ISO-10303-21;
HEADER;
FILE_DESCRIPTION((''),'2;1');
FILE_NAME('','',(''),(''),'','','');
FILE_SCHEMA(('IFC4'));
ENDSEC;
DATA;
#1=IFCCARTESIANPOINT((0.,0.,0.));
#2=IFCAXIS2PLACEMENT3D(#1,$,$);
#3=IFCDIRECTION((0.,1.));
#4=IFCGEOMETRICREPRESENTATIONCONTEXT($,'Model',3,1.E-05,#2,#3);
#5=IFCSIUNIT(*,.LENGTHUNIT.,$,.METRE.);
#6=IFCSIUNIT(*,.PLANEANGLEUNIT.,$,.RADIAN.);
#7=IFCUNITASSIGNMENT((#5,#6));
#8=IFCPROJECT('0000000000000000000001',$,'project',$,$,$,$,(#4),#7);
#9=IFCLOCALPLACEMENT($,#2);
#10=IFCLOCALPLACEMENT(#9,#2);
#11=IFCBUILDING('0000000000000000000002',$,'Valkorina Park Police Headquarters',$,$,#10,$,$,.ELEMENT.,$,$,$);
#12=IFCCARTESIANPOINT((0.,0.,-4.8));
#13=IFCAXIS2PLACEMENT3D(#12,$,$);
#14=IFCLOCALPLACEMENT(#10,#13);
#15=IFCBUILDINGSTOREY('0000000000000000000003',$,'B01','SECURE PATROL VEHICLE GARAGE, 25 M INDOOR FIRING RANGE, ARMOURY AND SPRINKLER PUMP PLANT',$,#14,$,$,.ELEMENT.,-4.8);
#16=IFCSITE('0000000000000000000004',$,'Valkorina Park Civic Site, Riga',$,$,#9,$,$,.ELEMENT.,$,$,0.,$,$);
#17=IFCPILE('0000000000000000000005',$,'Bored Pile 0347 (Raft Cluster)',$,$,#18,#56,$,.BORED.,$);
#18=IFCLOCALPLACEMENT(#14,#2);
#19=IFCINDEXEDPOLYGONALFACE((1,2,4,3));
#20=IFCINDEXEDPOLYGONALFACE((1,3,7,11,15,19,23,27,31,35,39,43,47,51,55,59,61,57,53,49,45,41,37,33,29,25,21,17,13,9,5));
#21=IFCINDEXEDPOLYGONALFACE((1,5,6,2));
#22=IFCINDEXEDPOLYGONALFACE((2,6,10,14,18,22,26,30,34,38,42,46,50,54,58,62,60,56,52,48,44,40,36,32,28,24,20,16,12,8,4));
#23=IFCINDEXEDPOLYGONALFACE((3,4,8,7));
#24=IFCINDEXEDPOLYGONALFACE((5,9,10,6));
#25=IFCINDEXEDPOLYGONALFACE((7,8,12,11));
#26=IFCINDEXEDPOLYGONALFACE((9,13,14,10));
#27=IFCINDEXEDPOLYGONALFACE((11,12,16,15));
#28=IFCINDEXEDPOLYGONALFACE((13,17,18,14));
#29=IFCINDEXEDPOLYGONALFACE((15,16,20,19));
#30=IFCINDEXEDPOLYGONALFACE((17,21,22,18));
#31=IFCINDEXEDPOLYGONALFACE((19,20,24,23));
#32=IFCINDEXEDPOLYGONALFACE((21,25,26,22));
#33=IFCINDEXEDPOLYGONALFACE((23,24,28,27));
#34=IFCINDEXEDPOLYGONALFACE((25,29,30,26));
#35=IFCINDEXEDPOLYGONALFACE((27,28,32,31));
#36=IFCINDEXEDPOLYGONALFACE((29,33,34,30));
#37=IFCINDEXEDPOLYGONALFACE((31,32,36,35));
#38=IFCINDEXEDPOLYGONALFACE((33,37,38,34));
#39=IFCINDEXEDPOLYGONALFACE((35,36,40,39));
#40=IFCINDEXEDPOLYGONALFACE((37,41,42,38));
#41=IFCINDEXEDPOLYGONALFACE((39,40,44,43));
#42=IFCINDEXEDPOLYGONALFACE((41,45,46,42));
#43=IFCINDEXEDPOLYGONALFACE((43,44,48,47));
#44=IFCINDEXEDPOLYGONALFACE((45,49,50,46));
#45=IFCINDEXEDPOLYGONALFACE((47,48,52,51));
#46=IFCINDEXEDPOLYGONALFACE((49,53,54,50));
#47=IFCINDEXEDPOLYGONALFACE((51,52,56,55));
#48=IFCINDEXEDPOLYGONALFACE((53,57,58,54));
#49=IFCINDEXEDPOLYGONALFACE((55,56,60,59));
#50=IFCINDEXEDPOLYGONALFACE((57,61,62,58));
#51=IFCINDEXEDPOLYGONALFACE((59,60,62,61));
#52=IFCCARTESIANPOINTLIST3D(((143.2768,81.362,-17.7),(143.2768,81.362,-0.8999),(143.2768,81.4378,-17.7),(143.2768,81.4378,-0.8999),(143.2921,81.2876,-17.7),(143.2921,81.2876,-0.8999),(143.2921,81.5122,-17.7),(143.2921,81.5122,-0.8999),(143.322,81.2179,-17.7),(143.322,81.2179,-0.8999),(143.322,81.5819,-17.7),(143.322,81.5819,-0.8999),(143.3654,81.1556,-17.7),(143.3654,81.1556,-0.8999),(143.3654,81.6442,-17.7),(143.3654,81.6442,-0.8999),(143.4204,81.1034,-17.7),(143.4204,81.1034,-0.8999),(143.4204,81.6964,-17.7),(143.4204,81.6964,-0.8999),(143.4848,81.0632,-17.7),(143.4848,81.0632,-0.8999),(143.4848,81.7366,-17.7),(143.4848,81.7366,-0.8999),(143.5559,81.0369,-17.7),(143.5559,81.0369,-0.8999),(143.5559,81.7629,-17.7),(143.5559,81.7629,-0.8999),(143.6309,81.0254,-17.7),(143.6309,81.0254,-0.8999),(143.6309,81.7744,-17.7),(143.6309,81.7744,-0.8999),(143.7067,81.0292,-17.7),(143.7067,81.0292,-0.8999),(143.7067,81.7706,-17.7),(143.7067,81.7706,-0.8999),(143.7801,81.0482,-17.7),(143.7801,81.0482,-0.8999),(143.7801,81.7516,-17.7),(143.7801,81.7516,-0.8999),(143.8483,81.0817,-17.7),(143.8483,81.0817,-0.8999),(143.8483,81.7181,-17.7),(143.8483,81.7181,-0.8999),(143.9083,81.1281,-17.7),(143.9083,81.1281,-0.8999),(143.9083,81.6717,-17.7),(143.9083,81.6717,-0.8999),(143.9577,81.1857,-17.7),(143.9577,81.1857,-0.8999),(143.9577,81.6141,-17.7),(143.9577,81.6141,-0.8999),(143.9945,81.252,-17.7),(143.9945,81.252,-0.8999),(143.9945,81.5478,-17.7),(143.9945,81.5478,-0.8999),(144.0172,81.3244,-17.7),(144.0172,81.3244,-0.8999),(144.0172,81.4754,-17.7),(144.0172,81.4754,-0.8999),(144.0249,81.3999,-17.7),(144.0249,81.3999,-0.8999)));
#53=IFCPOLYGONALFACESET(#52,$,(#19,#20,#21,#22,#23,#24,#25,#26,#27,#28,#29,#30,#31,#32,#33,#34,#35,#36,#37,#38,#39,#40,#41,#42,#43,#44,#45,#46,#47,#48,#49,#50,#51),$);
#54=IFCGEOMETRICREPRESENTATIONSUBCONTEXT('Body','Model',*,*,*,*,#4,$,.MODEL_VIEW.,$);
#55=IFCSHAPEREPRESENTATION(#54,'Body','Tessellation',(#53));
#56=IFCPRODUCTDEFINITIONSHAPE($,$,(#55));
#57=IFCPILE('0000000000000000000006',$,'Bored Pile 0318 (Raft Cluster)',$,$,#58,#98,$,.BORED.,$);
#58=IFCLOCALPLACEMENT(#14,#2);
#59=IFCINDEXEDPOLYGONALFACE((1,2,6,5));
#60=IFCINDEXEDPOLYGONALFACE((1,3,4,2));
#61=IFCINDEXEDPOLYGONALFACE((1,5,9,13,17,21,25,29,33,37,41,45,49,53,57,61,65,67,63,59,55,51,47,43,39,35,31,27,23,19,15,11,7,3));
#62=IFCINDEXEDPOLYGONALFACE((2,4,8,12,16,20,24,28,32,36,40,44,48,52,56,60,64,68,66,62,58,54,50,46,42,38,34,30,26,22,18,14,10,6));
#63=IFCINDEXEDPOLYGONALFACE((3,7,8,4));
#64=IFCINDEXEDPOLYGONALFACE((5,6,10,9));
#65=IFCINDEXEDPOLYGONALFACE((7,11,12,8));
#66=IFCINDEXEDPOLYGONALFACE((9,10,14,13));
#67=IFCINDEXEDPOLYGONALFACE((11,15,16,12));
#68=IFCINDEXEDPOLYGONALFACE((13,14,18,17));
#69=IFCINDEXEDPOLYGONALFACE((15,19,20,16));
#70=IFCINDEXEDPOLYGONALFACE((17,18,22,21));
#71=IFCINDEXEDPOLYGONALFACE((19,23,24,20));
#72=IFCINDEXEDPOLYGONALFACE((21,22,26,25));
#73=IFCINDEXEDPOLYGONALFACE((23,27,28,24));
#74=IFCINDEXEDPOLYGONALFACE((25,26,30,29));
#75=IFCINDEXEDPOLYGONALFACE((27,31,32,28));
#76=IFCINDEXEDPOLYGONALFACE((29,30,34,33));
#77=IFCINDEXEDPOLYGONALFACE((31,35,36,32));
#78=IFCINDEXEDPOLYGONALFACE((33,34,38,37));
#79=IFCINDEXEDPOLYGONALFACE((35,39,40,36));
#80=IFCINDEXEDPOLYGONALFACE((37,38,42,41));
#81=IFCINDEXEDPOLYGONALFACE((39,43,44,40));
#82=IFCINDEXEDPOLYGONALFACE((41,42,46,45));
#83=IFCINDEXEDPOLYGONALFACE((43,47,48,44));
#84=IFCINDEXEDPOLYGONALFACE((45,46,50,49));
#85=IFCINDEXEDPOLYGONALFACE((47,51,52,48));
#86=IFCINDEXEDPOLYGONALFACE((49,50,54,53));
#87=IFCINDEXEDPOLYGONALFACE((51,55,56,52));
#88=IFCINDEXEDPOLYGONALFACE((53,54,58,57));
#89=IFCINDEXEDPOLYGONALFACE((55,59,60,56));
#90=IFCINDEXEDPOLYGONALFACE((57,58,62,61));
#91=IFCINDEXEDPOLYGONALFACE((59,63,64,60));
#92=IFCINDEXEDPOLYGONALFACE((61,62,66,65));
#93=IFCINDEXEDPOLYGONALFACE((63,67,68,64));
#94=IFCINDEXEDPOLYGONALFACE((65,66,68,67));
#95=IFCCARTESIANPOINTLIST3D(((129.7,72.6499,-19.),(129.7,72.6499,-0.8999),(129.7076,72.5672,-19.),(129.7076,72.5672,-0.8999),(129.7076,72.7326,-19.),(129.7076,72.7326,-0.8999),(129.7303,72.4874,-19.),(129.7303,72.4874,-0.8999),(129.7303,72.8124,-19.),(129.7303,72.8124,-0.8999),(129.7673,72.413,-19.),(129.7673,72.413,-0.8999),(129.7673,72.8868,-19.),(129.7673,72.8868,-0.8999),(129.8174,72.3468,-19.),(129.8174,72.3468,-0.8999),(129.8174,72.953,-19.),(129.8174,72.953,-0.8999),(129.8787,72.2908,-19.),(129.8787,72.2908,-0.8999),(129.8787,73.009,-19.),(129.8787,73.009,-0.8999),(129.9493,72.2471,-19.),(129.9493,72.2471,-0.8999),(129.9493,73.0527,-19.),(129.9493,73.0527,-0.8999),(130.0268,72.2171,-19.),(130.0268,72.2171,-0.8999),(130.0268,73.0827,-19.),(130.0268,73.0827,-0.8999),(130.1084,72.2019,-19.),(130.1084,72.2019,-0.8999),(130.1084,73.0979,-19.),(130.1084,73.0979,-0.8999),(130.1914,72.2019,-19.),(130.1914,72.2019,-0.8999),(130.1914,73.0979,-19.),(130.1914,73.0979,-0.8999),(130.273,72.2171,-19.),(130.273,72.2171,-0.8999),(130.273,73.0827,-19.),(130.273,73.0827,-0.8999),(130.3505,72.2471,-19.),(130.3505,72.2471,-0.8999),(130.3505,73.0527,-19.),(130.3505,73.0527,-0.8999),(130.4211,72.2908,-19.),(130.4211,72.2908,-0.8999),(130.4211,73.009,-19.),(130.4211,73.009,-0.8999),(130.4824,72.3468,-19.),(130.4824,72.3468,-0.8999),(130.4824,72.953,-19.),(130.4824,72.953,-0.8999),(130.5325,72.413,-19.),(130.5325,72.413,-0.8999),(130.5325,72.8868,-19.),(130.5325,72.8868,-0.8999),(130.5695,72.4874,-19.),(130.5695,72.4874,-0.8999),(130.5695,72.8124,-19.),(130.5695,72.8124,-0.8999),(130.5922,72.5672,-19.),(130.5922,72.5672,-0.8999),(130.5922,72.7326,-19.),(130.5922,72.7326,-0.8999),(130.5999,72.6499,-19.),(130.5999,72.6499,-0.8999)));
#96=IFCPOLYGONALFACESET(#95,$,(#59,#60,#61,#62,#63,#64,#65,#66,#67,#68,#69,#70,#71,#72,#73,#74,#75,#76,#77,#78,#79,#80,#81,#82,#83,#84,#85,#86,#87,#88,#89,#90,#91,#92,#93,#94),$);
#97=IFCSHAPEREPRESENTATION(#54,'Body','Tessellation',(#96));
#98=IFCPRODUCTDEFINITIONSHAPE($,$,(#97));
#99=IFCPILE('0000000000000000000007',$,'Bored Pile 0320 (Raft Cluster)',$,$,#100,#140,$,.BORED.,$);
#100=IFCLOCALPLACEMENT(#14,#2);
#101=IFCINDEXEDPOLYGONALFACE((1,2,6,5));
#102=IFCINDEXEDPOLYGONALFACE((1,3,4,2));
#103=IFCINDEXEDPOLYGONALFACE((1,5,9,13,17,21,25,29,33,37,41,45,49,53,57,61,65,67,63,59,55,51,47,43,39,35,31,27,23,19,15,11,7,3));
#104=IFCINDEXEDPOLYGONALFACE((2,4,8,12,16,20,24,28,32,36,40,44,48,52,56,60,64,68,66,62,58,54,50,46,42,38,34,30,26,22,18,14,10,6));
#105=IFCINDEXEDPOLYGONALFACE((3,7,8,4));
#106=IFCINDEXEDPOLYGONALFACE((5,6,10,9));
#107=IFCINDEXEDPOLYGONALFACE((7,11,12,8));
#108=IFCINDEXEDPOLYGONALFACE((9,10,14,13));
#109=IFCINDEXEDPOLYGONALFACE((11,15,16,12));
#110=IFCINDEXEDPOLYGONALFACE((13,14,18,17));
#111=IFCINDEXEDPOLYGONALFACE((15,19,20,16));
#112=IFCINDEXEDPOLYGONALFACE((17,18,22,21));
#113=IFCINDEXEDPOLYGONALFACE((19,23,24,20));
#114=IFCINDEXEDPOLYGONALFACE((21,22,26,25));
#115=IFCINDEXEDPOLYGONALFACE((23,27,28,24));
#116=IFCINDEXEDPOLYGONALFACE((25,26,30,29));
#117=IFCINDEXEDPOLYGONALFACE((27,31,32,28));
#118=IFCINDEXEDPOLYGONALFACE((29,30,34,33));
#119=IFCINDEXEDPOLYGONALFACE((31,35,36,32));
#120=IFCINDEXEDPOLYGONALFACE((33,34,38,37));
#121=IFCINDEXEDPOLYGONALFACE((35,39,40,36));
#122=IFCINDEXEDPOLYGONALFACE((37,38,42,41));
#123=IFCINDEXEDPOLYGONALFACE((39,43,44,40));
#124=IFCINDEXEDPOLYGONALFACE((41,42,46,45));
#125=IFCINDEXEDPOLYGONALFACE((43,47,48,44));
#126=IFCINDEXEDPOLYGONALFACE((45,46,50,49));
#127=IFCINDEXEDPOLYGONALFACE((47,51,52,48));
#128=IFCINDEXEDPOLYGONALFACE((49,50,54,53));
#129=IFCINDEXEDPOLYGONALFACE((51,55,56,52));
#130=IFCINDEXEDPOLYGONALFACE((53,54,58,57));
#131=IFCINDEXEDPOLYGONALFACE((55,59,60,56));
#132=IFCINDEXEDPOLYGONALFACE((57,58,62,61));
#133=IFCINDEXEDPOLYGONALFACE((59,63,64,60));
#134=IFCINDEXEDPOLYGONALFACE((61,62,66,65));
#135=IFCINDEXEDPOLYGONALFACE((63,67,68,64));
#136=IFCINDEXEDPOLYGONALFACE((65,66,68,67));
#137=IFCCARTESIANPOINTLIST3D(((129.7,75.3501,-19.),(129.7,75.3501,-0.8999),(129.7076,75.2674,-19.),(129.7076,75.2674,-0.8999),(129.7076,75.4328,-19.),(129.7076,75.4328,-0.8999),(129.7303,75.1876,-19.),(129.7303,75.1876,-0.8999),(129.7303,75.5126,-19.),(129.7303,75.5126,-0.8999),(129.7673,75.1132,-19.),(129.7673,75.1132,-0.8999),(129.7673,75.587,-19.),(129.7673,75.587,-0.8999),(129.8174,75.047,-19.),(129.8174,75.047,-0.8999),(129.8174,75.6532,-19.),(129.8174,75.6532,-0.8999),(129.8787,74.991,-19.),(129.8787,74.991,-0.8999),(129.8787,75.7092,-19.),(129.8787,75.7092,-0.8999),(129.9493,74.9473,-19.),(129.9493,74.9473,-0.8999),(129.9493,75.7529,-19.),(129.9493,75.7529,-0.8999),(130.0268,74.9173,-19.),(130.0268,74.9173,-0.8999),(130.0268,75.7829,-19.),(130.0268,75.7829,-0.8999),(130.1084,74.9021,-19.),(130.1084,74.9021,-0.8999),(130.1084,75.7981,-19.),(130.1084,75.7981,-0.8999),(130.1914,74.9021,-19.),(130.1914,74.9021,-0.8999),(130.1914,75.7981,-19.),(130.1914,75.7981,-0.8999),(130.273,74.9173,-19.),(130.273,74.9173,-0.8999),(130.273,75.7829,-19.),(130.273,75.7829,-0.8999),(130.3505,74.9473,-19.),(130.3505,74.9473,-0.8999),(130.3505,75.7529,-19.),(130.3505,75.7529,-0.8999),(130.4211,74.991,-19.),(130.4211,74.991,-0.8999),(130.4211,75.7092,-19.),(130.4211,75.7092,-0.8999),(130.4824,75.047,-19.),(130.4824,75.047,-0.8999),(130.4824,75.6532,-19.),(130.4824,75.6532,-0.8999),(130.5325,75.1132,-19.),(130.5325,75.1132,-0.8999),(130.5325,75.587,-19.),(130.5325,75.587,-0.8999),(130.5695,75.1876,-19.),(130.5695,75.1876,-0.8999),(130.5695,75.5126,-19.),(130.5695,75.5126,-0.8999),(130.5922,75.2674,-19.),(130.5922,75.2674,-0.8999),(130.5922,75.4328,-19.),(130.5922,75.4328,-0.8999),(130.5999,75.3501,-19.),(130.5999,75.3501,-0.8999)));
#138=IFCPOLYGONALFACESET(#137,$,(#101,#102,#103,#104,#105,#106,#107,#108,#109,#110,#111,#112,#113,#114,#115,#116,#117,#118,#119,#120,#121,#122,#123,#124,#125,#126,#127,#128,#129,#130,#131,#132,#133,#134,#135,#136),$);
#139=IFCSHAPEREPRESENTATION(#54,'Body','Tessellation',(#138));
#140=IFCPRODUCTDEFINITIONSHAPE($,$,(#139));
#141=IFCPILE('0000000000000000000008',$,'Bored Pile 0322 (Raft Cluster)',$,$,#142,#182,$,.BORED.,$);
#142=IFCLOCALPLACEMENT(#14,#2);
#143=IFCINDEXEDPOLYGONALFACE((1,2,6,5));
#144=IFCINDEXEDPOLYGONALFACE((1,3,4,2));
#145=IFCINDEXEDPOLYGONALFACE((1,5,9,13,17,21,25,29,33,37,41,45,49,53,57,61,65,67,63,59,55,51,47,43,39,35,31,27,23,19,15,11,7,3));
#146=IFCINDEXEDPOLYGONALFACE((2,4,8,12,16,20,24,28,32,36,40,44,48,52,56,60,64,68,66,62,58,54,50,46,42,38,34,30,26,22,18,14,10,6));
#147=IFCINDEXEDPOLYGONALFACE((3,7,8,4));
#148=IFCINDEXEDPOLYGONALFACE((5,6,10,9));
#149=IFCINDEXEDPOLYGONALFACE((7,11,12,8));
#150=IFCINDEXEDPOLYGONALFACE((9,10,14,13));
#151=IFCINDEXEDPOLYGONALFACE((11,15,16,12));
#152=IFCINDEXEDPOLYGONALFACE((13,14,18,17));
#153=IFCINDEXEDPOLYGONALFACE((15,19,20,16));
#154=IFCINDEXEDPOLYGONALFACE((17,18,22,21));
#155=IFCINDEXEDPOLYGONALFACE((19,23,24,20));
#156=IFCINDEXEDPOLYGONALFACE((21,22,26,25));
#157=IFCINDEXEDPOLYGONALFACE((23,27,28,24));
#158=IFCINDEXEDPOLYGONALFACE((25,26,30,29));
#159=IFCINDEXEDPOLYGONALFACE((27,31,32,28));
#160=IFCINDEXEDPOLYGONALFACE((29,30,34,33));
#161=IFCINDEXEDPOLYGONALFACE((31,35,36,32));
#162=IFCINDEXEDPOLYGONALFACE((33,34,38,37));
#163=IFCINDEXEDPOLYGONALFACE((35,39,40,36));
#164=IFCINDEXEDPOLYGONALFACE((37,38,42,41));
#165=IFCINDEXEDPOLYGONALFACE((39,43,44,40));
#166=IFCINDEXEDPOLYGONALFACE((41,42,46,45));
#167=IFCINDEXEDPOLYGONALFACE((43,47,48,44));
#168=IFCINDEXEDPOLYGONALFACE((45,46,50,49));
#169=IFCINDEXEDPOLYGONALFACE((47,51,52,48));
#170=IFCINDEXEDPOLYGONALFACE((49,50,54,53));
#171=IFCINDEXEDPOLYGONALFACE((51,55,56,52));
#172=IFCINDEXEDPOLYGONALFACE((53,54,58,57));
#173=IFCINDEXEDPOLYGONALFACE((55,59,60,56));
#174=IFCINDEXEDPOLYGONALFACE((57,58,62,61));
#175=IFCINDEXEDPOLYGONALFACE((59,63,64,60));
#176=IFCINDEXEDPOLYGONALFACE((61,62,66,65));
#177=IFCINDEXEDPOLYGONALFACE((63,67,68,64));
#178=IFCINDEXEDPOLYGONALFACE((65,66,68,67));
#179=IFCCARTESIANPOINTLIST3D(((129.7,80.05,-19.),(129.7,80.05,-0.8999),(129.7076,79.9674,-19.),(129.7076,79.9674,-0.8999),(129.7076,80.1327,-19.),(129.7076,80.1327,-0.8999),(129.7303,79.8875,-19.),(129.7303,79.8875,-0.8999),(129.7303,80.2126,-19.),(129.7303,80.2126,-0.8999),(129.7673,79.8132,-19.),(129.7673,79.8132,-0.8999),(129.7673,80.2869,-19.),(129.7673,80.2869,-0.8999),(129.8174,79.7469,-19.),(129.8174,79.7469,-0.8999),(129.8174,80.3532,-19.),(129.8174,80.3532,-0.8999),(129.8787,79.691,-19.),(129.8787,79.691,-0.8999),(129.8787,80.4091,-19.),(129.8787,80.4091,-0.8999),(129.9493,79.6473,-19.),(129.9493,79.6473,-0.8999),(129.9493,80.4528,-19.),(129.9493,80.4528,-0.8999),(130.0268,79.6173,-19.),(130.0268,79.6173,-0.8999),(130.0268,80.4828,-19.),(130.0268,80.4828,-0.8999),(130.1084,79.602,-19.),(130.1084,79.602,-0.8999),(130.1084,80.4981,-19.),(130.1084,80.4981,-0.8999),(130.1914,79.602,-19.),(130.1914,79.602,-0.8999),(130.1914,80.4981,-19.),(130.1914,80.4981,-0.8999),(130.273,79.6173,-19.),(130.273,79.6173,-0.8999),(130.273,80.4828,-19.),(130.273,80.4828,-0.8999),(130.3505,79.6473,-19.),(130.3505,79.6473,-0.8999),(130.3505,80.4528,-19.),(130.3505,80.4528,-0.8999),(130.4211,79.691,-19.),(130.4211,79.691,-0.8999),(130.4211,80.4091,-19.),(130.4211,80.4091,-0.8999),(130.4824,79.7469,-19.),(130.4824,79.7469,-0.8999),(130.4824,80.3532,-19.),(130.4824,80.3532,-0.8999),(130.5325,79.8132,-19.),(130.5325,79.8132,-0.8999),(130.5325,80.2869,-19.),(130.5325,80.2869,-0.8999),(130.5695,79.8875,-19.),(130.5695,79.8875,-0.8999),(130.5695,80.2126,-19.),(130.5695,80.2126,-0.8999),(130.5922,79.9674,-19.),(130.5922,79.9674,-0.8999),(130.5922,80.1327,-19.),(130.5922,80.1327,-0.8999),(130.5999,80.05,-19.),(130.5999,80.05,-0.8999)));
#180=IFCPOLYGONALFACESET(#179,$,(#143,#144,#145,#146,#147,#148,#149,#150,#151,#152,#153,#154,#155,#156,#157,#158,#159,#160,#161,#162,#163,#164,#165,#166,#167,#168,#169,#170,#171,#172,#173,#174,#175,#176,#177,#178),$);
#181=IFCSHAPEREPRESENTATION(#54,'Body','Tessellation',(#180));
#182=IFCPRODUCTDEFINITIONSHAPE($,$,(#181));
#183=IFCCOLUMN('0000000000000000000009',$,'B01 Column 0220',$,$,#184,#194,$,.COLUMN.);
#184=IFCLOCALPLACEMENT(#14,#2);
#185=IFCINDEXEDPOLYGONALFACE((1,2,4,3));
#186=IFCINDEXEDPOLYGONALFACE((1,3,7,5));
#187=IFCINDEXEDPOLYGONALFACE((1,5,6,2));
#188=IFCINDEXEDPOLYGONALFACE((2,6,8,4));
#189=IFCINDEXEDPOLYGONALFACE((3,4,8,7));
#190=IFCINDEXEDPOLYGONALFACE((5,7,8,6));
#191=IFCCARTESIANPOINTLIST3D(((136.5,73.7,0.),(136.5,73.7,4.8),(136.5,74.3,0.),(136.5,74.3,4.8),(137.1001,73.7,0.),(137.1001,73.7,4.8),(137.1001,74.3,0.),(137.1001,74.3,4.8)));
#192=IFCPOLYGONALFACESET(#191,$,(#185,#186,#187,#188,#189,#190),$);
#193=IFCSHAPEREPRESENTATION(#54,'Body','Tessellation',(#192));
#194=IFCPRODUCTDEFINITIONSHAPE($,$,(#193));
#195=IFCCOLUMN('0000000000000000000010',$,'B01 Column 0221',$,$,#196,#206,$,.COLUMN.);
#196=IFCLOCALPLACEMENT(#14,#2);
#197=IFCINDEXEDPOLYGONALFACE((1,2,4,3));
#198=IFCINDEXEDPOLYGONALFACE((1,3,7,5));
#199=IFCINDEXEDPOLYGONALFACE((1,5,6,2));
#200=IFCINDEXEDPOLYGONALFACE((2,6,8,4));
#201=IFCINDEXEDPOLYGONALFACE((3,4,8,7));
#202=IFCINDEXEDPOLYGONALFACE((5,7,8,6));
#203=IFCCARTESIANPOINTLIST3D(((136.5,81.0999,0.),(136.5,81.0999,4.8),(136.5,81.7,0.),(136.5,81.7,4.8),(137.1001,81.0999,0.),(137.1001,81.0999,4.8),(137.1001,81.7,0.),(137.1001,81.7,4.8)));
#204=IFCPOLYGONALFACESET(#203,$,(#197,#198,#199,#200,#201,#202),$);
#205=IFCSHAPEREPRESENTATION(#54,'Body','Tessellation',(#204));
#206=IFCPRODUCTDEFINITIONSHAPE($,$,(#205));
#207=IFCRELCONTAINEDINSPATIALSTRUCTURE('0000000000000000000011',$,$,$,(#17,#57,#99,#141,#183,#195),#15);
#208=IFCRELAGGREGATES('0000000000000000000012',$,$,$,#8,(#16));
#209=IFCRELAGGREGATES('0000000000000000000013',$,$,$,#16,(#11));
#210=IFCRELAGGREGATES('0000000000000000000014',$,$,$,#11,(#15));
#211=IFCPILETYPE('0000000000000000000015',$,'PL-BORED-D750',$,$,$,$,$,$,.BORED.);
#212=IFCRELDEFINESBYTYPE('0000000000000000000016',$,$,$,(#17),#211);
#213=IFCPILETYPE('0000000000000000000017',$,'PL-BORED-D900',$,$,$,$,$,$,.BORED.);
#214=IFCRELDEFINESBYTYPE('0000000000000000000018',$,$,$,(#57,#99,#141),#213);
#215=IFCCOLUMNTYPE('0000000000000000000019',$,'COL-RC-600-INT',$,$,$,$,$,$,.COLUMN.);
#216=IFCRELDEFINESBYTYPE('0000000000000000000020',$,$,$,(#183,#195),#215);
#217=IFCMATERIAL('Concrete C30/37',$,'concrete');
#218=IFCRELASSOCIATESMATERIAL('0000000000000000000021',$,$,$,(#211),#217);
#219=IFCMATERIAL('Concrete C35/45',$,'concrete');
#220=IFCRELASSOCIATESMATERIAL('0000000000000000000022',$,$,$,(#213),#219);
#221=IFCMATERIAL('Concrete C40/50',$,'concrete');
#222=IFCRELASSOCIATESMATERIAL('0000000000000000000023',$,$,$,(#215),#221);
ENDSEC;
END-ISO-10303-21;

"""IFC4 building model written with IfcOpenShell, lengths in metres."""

from ifc_helpers import new_model, si_unit, direction, frame, origin, origin_2d, place, context, subcontext, project, spatial, rectangle, circle, extrude, material, material_profile, profile_set, type_object, element, save


model = new_model("IFC4")

# Units and contexts
model_context = context("Model", 3, precision=1e-05, world=origin(), true_north=direction((0.0, 1.0)))
body_context = subcontext(model_context, "Body", "Model", "MODEL_VIEW")
ifc_project = project(units=[si_unit("LENGTHUNIT", "METRE"), si_unit("PLANEANGLEUNIT", "RADIAN")], contexts=[model_context])

# Site, building, storey
site_placement = place(None, origin())
site = spatial("IfcSite", under=ifc_project, at=site_placement, Name="Valkorina Park Civic Site, Riga", CompositionType="ELEMENT", RefElevation=0.0)
building_placement = place(site_placement, origin())
building = spatial("IfcBuilding", under=site, at=building_placement, Name="Valkorina Park Police Headquarters", CompositionType="ELEMENT")
storey_placement = place(building_placement, frame((0.0, 0.0, -4.8)))
storey = spatial("IfcBuildingStorey", under=building, at=storey_placement, Name="B01", Description="SECURE PATROL VEHICLE GARAGE, 25 M INDOOR FIRING RANGE, ARMOURY AND SPRINKLER PUMP PLANT", CompositionType="ELEMENT", Elevation=-4.8)

# Piles
ifc_material_1 = material(Name="Concrete C30/37", Category="concrete")
ifc_material_profile_1 = material_profile(ifc_material_1, circle(Radius=0.375, at=origin_2d()), Name="BORED PILE D750")
ifc_profile_set_1 = profile_set([ifc_material_profile_1], Name="Concrete C30/37")
pile_type_1 = type_object("IfcPileType", Name="PL-BORED-D750", PredefinedType="BORED", material=ifc_profile_set_1)
for number, where, z_axis, x_axis, name in (
    (1, (143.6499, 81.3999, -0.8999), (0.0, 0.0, -1.0), (1.0, 0.0, 0.0), "Bored Pile 0347 (Raft Cluster)"),
):
    element("IfcPile", number, at=place(storey_placement, frame(where, z_axis=z_axis, x_axis=x_axis)), inside=storey, type_object=pile_type_1, Name=name, PredefinedType="BORED", context=body_context, shape_type="SweptSolid", body=[
        extrude(circle(Radius=0.375, at=origin_2d()), origin(), (0.0, 0.0, 1.0), 16.8),
    ])
ifc_material_2 = material(Name="Concrete C35/45", Category="concrete")
ifc_material_profile_2 = material_profile(ifc_material_2, circle(Radius=0.45, at=origin_2d()), Name="BORED PILE D900")
ifc_profile_set_2 = profile_set([ifc_material_profile_2], Name="Concrete C35/45")
pile_type_2 = type_object("IfcPileType", Name="PL-BORED-D900", PredefinedType="BORED", material=ifc_profile_set_2)
for number, where, z_axis, x_axis, name in (
    (2, (130.1499, 72.6499, -0.8999), (0.0, 0.0, -1.0), (1.0, 0.0, 0.0), "Bored Pile 0318 (Raft Cluster)"),
    (3, (130.1499, 75.3501, -0.8999), (0.0, 0.0, -1.0), (1.0, 0.0, 0.0), "Bored Pile 0320 (Raft Cluster)"),
    (4, (130.1499, 80.05, -0.8999), (0.0, 0.0, -1.0), (1.0, 0.0, 0.0), "Bored Pile 0322 (Raft Cluster)"),
):
    element("IfcPile", number, at=place(storey_placement, frame(where, z_axis=z_axis, x_axis=x_axis)), inside=storey, type_object=pile_type_2, Name=name, PredefinedType="BORED", context=body_context, shape_type="SweptSolid", body=[
        extrude(circle(Radius=0.45, at=origin_2d()), origin(), (0.0, 0.0, 1.0), 18.1001),
    ])

# Columns
ifc_material_3 = material(Name="Concrete C40/50", Category="concrete")
ifc_material_profile_3 = material_profile(ifc_material_3, rectangle(XDim=0.6001, YDim=0.6001, at=origin_2d()), Name="RC COL 600x600")
ifc_profile_set_3 = profile_set([ifc_material_profile_3], Name="Concrete C40/50")
column_type = type_object("IfcColumnType", Name="COL-RC-600-INT", PredefinedType="COLUMN", material=ifc_profile_set_3)
for number, where, z_axis, x_axis, name in (
    (5, (136.8, 74.0, 0.0), (0.0, 0.0, 1.0), (1.0, 0.0, 0.0), "B01 Column 0220"),
    (6, (136.8, 81.3999, 0.0), (0.0, 0.0, 1.0), (1.0, 0.0, 0.0), "B01 Column 0221"),
):
    element("IfcColumn", number, at=place(storey_placement, frame(where, z_axis=z_axis, x_axis=x_axis)), inside=storey, type_object=column_type, Name=name, PredefinedType="COLUMN", context=body_context, shape_type="SweptSolid", body=[
        extrude(rectangle(XDim=0.6001, YDim=0.6001, at=origin_2d()), origin(), (0.0, 0.0, 1.0), 4.8),
    ])

save(model, "model.ifc")
